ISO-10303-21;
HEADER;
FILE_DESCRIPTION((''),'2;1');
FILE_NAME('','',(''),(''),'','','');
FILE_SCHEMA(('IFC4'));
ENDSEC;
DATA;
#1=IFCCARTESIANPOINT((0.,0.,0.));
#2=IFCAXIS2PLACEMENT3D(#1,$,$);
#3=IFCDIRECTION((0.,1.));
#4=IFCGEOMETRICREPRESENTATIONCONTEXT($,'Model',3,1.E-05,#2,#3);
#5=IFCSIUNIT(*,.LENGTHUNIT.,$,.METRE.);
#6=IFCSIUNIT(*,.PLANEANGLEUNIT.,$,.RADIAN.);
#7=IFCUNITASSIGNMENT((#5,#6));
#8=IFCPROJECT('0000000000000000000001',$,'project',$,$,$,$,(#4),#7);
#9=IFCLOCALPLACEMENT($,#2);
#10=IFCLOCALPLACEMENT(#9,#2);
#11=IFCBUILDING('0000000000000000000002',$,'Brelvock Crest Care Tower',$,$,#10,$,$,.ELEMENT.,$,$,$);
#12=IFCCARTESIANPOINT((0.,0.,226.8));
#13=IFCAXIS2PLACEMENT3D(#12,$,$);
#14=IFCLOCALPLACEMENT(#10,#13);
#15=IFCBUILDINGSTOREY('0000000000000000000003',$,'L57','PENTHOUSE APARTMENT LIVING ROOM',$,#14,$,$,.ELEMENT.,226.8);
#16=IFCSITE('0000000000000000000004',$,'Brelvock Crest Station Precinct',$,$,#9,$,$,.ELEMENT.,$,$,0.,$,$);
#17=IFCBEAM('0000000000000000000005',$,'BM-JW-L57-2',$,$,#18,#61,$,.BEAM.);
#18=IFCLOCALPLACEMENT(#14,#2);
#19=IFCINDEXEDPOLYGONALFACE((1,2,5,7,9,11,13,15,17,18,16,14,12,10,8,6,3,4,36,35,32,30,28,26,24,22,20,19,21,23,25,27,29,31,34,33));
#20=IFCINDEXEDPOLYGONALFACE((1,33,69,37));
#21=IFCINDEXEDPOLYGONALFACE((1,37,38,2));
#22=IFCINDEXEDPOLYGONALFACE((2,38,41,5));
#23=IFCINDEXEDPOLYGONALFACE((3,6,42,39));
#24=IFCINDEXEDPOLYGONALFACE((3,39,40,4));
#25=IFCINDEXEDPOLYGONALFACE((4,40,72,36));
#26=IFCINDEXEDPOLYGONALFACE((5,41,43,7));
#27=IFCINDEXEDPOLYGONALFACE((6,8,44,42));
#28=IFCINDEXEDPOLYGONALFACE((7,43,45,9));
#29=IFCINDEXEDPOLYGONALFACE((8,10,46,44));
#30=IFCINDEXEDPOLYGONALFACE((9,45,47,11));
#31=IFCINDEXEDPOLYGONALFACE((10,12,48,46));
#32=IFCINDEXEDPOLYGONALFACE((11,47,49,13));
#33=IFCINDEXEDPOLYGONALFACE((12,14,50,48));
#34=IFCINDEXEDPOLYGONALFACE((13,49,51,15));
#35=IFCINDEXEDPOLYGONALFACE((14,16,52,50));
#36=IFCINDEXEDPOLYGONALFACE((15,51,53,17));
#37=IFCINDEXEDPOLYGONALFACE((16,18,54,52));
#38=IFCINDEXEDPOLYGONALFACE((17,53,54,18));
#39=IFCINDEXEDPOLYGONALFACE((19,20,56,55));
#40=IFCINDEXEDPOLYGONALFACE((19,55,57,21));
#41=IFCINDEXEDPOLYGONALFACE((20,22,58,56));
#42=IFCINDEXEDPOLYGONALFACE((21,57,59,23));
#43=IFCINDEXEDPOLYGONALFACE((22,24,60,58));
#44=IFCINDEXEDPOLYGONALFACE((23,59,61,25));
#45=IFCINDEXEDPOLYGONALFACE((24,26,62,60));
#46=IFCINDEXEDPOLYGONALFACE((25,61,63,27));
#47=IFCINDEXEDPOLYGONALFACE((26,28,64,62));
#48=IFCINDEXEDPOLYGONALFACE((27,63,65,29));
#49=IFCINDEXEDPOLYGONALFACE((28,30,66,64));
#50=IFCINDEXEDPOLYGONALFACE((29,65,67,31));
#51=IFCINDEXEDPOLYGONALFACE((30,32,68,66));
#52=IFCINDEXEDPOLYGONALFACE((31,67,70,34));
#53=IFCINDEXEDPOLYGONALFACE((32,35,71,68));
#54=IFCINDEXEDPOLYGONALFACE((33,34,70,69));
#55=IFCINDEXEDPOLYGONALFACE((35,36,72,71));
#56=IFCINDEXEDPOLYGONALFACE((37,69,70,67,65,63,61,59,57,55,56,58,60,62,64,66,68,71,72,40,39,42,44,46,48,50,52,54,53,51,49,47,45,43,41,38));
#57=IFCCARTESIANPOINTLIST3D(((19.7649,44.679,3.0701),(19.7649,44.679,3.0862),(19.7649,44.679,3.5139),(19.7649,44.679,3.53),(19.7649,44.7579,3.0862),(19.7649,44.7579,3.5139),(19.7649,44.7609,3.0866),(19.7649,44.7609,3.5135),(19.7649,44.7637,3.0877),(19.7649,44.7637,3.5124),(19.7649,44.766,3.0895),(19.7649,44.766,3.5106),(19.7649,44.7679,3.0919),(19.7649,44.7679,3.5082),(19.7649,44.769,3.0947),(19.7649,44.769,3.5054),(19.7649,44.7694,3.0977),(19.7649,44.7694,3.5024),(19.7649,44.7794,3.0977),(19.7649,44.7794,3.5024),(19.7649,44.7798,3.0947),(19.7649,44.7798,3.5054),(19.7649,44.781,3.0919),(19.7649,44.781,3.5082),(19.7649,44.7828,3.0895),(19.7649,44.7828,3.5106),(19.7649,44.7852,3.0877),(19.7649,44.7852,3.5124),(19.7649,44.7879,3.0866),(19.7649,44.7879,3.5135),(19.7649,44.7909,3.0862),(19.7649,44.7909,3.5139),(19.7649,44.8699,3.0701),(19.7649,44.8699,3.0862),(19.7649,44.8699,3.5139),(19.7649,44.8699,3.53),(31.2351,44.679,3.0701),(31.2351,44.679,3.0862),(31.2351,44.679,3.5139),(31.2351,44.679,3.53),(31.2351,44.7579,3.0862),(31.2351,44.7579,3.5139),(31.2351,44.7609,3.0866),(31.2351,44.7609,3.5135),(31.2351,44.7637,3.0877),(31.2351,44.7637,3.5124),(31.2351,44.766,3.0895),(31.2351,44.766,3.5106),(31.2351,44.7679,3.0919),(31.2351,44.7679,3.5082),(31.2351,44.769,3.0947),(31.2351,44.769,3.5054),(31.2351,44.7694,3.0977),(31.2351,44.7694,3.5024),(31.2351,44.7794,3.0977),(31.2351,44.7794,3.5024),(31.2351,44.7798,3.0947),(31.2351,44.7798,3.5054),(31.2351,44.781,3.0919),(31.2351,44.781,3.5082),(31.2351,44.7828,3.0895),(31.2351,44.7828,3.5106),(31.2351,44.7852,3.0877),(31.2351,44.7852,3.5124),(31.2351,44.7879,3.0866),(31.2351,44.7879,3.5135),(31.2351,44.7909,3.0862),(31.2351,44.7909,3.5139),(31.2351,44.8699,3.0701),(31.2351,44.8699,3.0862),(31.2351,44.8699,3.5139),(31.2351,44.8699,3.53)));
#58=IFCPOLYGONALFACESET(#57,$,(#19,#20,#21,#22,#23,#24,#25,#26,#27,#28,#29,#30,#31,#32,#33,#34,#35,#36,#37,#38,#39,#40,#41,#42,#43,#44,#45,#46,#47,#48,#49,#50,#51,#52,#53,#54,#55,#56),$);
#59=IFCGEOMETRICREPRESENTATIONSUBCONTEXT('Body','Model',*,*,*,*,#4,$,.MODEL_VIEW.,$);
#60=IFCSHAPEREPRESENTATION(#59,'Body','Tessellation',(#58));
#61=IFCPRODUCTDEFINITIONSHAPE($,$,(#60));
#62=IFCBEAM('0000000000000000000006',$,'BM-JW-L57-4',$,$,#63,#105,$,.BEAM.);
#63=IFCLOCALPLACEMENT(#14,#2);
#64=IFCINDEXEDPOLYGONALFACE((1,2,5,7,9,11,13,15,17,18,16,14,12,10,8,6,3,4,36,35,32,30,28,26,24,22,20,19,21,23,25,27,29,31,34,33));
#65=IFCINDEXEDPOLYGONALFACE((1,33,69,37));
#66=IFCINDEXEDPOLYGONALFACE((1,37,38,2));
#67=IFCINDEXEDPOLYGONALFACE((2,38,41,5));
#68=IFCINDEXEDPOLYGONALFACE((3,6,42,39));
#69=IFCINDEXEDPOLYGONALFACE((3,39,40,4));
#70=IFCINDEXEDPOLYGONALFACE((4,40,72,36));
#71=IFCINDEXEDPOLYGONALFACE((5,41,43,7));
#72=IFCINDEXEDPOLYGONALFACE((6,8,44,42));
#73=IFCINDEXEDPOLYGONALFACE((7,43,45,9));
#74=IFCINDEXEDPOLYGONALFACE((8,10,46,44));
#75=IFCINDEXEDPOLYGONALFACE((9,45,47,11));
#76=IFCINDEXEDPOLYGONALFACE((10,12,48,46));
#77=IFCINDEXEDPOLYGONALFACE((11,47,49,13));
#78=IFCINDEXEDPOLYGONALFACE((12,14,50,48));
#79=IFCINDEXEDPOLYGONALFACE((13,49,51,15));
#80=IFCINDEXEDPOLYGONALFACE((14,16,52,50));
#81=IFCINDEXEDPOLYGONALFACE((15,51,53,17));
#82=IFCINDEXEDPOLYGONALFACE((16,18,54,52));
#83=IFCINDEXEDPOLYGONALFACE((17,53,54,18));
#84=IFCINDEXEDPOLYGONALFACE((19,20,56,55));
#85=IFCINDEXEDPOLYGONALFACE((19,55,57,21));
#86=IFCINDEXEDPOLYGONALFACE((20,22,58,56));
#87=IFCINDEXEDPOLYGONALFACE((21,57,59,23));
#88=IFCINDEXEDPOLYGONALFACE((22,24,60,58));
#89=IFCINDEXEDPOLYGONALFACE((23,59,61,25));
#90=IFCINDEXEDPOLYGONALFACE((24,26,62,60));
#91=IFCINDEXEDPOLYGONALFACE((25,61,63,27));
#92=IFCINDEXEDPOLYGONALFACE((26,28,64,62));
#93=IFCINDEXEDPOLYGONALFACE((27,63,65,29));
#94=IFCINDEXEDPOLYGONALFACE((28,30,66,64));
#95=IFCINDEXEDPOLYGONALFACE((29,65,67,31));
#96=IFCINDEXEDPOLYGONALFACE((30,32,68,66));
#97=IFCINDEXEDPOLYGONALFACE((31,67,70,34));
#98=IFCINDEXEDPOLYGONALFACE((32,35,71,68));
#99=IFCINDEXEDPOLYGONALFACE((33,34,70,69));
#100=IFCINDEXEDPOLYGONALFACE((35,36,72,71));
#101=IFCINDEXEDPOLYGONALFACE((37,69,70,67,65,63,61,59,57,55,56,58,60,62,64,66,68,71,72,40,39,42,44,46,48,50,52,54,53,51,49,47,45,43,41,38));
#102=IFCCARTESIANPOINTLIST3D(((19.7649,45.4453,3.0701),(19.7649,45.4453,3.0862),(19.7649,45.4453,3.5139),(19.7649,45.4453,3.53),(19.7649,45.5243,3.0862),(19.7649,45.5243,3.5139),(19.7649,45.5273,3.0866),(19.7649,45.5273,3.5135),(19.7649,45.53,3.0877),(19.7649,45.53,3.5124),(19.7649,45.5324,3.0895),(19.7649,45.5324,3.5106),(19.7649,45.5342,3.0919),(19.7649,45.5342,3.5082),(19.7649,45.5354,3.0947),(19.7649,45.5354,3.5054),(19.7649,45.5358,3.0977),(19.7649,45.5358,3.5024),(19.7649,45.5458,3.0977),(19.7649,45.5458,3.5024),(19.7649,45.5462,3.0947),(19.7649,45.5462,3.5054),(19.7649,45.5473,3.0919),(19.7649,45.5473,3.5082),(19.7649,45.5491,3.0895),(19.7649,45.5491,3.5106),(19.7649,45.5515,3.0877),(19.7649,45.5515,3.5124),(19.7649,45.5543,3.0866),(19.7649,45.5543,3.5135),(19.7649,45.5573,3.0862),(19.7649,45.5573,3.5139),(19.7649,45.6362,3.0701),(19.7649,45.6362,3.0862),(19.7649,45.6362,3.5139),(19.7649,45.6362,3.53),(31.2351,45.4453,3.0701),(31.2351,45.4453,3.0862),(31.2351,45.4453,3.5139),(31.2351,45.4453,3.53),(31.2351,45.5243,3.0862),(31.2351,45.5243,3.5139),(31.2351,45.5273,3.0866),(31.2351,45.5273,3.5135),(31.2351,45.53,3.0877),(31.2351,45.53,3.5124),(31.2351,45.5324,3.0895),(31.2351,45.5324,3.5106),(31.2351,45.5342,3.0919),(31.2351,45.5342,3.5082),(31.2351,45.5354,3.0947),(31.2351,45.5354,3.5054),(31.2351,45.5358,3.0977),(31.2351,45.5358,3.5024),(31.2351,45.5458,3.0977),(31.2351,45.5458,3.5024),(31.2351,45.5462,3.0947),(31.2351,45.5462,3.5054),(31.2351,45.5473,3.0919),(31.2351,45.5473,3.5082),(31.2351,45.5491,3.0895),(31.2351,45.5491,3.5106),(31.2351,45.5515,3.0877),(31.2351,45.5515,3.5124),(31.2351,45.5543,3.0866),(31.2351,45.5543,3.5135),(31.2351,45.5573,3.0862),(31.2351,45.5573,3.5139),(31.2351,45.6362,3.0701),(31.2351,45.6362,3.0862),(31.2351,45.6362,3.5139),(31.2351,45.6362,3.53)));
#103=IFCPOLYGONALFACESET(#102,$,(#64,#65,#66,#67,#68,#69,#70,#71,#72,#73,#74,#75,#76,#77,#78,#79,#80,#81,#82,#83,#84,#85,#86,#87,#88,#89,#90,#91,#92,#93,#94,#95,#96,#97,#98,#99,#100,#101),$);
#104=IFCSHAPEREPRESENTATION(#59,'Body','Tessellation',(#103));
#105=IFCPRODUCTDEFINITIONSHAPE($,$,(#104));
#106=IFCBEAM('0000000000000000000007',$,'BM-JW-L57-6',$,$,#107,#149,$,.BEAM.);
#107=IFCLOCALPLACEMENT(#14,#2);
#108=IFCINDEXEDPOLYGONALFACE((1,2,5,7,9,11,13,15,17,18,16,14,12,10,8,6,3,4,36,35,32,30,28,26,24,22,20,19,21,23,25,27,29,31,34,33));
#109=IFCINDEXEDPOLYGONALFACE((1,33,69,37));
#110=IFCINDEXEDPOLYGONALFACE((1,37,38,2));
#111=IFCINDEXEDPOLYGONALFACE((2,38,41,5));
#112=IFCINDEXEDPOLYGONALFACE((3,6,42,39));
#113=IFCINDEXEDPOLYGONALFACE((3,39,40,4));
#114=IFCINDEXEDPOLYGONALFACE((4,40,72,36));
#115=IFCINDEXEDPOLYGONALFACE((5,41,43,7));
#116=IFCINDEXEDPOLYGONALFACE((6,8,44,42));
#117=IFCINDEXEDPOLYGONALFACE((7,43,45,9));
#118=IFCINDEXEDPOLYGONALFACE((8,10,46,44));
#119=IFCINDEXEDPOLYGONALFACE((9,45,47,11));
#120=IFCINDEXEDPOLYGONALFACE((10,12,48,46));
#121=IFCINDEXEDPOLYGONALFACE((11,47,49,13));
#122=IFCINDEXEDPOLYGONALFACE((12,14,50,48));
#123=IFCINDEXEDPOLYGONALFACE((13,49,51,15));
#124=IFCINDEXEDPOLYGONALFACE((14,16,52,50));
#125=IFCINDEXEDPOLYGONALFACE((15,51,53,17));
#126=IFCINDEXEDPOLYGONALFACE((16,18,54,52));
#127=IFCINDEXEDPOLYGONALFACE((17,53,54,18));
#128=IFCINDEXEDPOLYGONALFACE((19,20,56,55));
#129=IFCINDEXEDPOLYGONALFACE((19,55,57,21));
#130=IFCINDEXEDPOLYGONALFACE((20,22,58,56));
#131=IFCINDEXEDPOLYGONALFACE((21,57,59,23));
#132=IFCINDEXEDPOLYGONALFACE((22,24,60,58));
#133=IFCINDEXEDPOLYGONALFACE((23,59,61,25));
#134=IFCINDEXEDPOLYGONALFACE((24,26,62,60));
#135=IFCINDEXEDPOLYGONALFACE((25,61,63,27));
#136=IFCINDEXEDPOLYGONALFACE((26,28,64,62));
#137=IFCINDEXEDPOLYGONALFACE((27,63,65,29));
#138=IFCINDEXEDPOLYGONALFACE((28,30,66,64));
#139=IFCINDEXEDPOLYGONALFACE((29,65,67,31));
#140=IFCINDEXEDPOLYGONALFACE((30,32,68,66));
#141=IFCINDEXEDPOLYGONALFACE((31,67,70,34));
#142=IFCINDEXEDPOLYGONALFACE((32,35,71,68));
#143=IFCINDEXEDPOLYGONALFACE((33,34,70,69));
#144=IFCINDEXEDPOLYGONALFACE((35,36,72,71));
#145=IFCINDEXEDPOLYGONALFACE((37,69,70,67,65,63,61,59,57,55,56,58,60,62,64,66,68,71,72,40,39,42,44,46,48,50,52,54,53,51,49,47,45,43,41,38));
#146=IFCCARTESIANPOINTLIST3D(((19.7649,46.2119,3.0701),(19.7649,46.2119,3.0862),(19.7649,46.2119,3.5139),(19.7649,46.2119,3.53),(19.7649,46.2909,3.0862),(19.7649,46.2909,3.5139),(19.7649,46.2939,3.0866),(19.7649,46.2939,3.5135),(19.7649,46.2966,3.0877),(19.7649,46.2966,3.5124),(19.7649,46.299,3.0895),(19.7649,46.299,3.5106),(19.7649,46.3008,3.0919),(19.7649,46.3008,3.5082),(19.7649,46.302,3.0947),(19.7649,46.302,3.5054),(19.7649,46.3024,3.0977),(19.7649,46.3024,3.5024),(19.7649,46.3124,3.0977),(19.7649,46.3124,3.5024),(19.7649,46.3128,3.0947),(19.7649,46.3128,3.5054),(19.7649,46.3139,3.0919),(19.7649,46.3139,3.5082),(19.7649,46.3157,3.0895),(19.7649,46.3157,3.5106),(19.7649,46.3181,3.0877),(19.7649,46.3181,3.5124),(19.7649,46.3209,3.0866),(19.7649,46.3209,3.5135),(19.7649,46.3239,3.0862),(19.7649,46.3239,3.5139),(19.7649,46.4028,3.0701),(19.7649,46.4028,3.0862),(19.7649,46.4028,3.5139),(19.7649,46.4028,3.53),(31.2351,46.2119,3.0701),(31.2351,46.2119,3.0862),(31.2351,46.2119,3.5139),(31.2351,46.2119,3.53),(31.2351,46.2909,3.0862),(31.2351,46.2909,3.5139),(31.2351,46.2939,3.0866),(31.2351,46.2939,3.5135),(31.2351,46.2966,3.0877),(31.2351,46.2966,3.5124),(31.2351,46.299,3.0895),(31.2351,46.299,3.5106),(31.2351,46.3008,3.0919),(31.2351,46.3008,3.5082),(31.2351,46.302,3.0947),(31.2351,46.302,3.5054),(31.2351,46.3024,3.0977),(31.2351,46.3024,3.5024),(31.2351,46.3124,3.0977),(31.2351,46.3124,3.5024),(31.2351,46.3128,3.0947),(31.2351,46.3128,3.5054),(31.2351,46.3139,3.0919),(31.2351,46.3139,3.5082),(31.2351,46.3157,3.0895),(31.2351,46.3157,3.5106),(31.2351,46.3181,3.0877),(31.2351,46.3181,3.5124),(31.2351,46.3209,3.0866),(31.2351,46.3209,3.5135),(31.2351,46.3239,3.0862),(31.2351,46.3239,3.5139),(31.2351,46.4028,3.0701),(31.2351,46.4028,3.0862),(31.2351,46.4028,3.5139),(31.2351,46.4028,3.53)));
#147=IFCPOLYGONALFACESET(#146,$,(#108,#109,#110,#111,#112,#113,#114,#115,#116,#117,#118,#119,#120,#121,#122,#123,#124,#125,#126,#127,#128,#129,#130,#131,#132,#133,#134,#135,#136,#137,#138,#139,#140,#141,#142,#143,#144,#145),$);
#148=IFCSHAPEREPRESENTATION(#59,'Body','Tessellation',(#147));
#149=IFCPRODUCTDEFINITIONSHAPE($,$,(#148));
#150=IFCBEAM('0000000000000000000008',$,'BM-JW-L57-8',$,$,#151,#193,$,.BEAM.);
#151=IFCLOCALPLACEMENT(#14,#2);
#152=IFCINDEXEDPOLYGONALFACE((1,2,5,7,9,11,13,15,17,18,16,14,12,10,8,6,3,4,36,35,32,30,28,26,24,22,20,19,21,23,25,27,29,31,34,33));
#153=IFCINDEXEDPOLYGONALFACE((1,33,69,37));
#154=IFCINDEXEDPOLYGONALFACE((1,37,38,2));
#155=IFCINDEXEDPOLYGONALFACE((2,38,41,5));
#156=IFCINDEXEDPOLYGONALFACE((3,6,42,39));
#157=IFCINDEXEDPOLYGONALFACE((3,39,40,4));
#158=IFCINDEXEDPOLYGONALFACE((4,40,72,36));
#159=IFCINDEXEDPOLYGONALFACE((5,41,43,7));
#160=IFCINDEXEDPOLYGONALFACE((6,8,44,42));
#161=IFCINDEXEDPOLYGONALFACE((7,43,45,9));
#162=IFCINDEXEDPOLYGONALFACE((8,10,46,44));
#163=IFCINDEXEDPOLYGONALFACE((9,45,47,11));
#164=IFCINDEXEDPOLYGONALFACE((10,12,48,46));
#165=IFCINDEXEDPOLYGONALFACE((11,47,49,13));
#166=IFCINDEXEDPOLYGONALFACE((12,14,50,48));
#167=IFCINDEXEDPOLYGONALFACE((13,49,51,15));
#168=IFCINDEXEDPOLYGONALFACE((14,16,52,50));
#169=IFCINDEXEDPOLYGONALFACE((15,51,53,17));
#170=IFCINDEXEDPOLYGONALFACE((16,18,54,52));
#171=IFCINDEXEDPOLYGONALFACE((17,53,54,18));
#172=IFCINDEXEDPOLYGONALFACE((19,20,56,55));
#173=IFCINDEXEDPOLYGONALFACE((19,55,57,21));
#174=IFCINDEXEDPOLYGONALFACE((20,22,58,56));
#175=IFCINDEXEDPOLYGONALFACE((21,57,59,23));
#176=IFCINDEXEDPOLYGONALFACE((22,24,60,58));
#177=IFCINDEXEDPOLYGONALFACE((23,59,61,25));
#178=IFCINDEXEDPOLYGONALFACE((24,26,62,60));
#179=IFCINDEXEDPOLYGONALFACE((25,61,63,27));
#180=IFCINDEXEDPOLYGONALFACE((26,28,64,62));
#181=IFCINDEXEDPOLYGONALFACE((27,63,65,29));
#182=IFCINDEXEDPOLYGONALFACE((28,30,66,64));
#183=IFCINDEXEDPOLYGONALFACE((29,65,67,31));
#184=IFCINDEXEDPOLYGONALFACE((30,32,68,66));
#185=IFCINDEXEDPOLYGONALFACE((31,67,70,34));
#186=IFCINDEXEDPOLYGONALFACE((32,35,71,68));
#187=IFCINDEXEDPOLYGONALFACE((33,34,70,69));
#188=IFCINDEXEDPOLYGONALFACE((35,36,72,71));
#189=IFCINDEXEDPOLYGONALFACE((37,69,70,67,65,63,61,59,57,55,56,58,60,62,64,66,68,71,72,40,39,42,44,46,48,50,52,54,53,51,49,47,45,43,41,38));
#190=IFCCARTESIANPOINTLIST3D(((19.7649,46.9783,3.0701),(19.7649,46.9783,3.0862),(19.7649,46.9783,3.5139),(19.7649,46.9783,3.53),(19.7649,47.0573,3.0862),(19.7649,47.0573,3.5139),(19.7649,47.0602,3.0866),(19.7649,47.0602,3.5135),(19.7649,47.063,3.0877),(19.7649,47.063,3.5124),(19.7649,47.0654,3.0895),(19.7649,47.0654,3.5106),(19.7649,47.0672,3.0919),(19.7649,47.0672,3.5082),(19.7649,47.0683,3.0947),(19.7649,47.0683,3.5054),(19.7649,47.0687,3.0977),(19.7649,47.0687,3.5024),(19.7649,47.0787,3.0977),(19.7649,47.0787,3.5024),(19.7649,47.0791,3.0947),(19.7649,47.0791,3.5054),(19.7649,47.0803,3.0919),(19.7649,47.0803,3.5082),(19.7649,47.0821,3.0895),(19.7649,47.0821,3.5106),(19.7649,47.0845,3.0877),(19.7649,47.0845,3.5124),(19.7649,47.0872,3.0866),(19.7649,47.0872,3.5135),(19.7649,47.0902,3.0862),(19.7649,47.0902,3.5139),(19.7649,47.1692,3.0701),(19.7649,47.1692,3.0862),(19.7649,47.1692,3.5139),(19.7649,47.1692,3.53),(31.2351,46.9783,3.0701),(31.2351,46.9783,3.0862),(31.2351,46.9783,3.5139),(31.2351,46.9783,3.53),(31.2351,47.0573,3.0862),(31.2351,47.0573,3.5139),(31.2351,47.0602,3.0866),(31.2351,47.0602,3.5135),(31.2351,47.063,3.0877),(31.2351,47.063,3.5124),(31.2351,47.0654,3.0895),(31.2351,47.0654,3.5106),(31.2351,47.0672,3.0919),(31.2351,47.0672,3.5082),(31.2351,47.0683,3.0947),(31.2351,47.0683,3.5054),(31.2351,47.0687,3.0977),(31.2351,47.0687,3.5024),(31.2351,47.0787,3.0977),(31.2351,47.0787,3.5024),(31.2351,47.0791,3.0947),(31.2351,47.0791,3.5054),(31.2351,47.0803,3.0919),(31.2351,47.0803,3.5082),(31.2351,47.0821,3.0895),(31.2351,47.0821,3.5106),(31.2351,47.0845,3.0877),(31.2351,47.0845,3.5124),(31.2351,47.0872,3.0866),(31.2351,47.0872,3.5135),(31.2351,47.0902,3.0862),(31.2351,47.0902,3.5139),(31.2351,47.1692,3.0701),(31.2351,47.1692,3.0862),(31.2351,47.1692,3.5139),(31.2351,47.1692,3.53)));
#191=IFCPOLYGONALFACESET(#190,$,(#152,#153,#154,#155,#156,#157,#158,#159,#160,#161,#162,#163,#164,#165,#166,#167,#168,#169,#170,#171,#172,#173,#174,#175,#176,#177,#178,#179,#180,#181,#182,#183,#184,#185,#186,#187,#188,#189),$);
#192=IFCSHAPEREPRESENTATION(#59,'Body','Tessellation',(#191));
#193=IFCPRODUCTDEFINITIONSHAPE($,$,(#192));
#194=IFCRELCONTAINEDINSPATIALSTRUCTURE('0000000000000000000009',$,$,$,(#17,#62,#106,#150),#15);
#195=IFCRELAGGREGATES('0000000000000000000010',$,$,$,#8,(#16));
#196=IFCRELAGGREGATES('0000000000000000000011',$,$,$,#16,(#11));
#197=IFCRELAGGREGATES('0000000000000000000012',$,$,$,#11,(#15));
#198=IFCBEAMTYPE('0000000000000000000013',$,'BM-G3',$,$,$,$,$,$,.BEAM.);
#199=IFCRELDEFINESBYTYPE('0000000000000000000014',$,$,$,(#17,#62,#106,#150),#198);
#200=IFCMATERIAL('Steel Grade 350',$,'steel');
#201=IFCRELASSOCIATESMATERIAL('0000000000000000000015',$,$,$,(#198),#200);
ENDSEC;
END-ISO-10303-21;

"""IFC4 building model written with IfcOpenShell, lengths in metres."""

from ifc_helpers import new_model, si_unit, direction, frame, origin, origin_2d, place, context, subcontext, project, spatial, i_section, extrude, source, transform, mapped, material, material_profile, profile_set, type_object, element, save


model = new_model("IFC4")

# Units and contexts
model_context = context("Model", 3, precision=1e-05, world=origin(), true_north=direction((0.0, 1.0)))
body_context = subcontext(model_context, "Body", "Model", "MODEL_VIEW")
ifc_project = project(units=[si_unit("LENGTHUNIT", "METRE"), si_unit("PLANEANGLEUNIT", "RADIAN")], contexts=[model_context])

# Site, building, storey
site_placement = place(None, origin())
site = spatial("IfcSite", under=ifc_project, at=site_placement, Name="Brelvock Crest Station Precinct", CompositionType="ELEMENT", RefElevation=0.0)
building_placement = place(site_placement, origin())
building = spatial("IfcBuilding", under=site, at=building_placement, Name="Brelvock Crest Care Tower", CompositionType="ELEMENT")
storey_placement = place(building_placement, frame((0.0, 0.0, 226.8)))
storey = spatial("IfcBuildingStorey", under=building, at=storey_placement, Name="L57", Description="PENTHOUSE APARTMENT LIVING ROOM", CompositionType="ELEMENT", Elevation=226.8)

# Beams
ifc_material_1 = material(Name="Steel Grade 350", Category="steel")
ifc_material_profile_1 = material_profile(ifc_material_1, i_section(OverallWidth=0.1909, OverallDepth=0.46, WebThickness=0.01, FlangeThickness=0.0161, FilletRadius=0.0115, at=origin_2d()), Name="460UB82.1")
ifc_profile_set_1 = profile_set([ifc_material_profile_1], Name="Steel Grade 350")
beam_type_1 = type_object("IfcBeamType", Name="BM-G3", PredefinedType="BEAM", material=ifc_profile_set_1)
shared_shape_1 = source(origin(), body_context, "Body", "SweptSolid", [
    extrude(i_section(OverallWidth=0.1909, OverallDepth=0.46, WebThickness=0.01, FlangeThickness=0.0161, FilletRadius=0.0115, at=origin_2d()), origin(), (0.0, 0.0, 1.0), 11.4702),
])
for number, where, z_axis, x_axis, name in (
    (1, (19.7649, 44.7744, 3.3), (1.0, 0.0, 0.0), (0.0, 1.0, 0.0), "BM-JW-L57-2"),
    (2, (19.7649, 45.5408, 3.3), (1.0, 0.0, 0.0), (0.0, 1.0, 0.0), "BM-JW-L57-4"),
    (3, (19.7649, 46.3074, 3.3), (1.0, 0.0, 0.0), (0.0, 1.0, 0.0), "BM-JW-L57-6"),
    (4, (19.7649, 47.0737, 3.3), (1.0, 0.0, 0.0), (0.0, 1.0, 0.0), "BM-JW-L57-8"),
):
    element("IfcBeam", number, at=place(storey_placement, frame(where, z_axis=z_axis, x_axis=x_axis)), inside=storey, type_object=beam_type_1, Name=name, PredefinedType="BEAM", context=body_context, shape_type="MappedRepresentation", body=[
        mapped(shared_shape_1, transform((0.0, 0.0, 0.0), x_axis=(1.0, 0.0, 0.0), y_axis=(0.0, 1.0, 0.0), z_axis=(0.0, 0.0, 1.0), scale=1.0)),
    ])

save(model, "model.ifc")
